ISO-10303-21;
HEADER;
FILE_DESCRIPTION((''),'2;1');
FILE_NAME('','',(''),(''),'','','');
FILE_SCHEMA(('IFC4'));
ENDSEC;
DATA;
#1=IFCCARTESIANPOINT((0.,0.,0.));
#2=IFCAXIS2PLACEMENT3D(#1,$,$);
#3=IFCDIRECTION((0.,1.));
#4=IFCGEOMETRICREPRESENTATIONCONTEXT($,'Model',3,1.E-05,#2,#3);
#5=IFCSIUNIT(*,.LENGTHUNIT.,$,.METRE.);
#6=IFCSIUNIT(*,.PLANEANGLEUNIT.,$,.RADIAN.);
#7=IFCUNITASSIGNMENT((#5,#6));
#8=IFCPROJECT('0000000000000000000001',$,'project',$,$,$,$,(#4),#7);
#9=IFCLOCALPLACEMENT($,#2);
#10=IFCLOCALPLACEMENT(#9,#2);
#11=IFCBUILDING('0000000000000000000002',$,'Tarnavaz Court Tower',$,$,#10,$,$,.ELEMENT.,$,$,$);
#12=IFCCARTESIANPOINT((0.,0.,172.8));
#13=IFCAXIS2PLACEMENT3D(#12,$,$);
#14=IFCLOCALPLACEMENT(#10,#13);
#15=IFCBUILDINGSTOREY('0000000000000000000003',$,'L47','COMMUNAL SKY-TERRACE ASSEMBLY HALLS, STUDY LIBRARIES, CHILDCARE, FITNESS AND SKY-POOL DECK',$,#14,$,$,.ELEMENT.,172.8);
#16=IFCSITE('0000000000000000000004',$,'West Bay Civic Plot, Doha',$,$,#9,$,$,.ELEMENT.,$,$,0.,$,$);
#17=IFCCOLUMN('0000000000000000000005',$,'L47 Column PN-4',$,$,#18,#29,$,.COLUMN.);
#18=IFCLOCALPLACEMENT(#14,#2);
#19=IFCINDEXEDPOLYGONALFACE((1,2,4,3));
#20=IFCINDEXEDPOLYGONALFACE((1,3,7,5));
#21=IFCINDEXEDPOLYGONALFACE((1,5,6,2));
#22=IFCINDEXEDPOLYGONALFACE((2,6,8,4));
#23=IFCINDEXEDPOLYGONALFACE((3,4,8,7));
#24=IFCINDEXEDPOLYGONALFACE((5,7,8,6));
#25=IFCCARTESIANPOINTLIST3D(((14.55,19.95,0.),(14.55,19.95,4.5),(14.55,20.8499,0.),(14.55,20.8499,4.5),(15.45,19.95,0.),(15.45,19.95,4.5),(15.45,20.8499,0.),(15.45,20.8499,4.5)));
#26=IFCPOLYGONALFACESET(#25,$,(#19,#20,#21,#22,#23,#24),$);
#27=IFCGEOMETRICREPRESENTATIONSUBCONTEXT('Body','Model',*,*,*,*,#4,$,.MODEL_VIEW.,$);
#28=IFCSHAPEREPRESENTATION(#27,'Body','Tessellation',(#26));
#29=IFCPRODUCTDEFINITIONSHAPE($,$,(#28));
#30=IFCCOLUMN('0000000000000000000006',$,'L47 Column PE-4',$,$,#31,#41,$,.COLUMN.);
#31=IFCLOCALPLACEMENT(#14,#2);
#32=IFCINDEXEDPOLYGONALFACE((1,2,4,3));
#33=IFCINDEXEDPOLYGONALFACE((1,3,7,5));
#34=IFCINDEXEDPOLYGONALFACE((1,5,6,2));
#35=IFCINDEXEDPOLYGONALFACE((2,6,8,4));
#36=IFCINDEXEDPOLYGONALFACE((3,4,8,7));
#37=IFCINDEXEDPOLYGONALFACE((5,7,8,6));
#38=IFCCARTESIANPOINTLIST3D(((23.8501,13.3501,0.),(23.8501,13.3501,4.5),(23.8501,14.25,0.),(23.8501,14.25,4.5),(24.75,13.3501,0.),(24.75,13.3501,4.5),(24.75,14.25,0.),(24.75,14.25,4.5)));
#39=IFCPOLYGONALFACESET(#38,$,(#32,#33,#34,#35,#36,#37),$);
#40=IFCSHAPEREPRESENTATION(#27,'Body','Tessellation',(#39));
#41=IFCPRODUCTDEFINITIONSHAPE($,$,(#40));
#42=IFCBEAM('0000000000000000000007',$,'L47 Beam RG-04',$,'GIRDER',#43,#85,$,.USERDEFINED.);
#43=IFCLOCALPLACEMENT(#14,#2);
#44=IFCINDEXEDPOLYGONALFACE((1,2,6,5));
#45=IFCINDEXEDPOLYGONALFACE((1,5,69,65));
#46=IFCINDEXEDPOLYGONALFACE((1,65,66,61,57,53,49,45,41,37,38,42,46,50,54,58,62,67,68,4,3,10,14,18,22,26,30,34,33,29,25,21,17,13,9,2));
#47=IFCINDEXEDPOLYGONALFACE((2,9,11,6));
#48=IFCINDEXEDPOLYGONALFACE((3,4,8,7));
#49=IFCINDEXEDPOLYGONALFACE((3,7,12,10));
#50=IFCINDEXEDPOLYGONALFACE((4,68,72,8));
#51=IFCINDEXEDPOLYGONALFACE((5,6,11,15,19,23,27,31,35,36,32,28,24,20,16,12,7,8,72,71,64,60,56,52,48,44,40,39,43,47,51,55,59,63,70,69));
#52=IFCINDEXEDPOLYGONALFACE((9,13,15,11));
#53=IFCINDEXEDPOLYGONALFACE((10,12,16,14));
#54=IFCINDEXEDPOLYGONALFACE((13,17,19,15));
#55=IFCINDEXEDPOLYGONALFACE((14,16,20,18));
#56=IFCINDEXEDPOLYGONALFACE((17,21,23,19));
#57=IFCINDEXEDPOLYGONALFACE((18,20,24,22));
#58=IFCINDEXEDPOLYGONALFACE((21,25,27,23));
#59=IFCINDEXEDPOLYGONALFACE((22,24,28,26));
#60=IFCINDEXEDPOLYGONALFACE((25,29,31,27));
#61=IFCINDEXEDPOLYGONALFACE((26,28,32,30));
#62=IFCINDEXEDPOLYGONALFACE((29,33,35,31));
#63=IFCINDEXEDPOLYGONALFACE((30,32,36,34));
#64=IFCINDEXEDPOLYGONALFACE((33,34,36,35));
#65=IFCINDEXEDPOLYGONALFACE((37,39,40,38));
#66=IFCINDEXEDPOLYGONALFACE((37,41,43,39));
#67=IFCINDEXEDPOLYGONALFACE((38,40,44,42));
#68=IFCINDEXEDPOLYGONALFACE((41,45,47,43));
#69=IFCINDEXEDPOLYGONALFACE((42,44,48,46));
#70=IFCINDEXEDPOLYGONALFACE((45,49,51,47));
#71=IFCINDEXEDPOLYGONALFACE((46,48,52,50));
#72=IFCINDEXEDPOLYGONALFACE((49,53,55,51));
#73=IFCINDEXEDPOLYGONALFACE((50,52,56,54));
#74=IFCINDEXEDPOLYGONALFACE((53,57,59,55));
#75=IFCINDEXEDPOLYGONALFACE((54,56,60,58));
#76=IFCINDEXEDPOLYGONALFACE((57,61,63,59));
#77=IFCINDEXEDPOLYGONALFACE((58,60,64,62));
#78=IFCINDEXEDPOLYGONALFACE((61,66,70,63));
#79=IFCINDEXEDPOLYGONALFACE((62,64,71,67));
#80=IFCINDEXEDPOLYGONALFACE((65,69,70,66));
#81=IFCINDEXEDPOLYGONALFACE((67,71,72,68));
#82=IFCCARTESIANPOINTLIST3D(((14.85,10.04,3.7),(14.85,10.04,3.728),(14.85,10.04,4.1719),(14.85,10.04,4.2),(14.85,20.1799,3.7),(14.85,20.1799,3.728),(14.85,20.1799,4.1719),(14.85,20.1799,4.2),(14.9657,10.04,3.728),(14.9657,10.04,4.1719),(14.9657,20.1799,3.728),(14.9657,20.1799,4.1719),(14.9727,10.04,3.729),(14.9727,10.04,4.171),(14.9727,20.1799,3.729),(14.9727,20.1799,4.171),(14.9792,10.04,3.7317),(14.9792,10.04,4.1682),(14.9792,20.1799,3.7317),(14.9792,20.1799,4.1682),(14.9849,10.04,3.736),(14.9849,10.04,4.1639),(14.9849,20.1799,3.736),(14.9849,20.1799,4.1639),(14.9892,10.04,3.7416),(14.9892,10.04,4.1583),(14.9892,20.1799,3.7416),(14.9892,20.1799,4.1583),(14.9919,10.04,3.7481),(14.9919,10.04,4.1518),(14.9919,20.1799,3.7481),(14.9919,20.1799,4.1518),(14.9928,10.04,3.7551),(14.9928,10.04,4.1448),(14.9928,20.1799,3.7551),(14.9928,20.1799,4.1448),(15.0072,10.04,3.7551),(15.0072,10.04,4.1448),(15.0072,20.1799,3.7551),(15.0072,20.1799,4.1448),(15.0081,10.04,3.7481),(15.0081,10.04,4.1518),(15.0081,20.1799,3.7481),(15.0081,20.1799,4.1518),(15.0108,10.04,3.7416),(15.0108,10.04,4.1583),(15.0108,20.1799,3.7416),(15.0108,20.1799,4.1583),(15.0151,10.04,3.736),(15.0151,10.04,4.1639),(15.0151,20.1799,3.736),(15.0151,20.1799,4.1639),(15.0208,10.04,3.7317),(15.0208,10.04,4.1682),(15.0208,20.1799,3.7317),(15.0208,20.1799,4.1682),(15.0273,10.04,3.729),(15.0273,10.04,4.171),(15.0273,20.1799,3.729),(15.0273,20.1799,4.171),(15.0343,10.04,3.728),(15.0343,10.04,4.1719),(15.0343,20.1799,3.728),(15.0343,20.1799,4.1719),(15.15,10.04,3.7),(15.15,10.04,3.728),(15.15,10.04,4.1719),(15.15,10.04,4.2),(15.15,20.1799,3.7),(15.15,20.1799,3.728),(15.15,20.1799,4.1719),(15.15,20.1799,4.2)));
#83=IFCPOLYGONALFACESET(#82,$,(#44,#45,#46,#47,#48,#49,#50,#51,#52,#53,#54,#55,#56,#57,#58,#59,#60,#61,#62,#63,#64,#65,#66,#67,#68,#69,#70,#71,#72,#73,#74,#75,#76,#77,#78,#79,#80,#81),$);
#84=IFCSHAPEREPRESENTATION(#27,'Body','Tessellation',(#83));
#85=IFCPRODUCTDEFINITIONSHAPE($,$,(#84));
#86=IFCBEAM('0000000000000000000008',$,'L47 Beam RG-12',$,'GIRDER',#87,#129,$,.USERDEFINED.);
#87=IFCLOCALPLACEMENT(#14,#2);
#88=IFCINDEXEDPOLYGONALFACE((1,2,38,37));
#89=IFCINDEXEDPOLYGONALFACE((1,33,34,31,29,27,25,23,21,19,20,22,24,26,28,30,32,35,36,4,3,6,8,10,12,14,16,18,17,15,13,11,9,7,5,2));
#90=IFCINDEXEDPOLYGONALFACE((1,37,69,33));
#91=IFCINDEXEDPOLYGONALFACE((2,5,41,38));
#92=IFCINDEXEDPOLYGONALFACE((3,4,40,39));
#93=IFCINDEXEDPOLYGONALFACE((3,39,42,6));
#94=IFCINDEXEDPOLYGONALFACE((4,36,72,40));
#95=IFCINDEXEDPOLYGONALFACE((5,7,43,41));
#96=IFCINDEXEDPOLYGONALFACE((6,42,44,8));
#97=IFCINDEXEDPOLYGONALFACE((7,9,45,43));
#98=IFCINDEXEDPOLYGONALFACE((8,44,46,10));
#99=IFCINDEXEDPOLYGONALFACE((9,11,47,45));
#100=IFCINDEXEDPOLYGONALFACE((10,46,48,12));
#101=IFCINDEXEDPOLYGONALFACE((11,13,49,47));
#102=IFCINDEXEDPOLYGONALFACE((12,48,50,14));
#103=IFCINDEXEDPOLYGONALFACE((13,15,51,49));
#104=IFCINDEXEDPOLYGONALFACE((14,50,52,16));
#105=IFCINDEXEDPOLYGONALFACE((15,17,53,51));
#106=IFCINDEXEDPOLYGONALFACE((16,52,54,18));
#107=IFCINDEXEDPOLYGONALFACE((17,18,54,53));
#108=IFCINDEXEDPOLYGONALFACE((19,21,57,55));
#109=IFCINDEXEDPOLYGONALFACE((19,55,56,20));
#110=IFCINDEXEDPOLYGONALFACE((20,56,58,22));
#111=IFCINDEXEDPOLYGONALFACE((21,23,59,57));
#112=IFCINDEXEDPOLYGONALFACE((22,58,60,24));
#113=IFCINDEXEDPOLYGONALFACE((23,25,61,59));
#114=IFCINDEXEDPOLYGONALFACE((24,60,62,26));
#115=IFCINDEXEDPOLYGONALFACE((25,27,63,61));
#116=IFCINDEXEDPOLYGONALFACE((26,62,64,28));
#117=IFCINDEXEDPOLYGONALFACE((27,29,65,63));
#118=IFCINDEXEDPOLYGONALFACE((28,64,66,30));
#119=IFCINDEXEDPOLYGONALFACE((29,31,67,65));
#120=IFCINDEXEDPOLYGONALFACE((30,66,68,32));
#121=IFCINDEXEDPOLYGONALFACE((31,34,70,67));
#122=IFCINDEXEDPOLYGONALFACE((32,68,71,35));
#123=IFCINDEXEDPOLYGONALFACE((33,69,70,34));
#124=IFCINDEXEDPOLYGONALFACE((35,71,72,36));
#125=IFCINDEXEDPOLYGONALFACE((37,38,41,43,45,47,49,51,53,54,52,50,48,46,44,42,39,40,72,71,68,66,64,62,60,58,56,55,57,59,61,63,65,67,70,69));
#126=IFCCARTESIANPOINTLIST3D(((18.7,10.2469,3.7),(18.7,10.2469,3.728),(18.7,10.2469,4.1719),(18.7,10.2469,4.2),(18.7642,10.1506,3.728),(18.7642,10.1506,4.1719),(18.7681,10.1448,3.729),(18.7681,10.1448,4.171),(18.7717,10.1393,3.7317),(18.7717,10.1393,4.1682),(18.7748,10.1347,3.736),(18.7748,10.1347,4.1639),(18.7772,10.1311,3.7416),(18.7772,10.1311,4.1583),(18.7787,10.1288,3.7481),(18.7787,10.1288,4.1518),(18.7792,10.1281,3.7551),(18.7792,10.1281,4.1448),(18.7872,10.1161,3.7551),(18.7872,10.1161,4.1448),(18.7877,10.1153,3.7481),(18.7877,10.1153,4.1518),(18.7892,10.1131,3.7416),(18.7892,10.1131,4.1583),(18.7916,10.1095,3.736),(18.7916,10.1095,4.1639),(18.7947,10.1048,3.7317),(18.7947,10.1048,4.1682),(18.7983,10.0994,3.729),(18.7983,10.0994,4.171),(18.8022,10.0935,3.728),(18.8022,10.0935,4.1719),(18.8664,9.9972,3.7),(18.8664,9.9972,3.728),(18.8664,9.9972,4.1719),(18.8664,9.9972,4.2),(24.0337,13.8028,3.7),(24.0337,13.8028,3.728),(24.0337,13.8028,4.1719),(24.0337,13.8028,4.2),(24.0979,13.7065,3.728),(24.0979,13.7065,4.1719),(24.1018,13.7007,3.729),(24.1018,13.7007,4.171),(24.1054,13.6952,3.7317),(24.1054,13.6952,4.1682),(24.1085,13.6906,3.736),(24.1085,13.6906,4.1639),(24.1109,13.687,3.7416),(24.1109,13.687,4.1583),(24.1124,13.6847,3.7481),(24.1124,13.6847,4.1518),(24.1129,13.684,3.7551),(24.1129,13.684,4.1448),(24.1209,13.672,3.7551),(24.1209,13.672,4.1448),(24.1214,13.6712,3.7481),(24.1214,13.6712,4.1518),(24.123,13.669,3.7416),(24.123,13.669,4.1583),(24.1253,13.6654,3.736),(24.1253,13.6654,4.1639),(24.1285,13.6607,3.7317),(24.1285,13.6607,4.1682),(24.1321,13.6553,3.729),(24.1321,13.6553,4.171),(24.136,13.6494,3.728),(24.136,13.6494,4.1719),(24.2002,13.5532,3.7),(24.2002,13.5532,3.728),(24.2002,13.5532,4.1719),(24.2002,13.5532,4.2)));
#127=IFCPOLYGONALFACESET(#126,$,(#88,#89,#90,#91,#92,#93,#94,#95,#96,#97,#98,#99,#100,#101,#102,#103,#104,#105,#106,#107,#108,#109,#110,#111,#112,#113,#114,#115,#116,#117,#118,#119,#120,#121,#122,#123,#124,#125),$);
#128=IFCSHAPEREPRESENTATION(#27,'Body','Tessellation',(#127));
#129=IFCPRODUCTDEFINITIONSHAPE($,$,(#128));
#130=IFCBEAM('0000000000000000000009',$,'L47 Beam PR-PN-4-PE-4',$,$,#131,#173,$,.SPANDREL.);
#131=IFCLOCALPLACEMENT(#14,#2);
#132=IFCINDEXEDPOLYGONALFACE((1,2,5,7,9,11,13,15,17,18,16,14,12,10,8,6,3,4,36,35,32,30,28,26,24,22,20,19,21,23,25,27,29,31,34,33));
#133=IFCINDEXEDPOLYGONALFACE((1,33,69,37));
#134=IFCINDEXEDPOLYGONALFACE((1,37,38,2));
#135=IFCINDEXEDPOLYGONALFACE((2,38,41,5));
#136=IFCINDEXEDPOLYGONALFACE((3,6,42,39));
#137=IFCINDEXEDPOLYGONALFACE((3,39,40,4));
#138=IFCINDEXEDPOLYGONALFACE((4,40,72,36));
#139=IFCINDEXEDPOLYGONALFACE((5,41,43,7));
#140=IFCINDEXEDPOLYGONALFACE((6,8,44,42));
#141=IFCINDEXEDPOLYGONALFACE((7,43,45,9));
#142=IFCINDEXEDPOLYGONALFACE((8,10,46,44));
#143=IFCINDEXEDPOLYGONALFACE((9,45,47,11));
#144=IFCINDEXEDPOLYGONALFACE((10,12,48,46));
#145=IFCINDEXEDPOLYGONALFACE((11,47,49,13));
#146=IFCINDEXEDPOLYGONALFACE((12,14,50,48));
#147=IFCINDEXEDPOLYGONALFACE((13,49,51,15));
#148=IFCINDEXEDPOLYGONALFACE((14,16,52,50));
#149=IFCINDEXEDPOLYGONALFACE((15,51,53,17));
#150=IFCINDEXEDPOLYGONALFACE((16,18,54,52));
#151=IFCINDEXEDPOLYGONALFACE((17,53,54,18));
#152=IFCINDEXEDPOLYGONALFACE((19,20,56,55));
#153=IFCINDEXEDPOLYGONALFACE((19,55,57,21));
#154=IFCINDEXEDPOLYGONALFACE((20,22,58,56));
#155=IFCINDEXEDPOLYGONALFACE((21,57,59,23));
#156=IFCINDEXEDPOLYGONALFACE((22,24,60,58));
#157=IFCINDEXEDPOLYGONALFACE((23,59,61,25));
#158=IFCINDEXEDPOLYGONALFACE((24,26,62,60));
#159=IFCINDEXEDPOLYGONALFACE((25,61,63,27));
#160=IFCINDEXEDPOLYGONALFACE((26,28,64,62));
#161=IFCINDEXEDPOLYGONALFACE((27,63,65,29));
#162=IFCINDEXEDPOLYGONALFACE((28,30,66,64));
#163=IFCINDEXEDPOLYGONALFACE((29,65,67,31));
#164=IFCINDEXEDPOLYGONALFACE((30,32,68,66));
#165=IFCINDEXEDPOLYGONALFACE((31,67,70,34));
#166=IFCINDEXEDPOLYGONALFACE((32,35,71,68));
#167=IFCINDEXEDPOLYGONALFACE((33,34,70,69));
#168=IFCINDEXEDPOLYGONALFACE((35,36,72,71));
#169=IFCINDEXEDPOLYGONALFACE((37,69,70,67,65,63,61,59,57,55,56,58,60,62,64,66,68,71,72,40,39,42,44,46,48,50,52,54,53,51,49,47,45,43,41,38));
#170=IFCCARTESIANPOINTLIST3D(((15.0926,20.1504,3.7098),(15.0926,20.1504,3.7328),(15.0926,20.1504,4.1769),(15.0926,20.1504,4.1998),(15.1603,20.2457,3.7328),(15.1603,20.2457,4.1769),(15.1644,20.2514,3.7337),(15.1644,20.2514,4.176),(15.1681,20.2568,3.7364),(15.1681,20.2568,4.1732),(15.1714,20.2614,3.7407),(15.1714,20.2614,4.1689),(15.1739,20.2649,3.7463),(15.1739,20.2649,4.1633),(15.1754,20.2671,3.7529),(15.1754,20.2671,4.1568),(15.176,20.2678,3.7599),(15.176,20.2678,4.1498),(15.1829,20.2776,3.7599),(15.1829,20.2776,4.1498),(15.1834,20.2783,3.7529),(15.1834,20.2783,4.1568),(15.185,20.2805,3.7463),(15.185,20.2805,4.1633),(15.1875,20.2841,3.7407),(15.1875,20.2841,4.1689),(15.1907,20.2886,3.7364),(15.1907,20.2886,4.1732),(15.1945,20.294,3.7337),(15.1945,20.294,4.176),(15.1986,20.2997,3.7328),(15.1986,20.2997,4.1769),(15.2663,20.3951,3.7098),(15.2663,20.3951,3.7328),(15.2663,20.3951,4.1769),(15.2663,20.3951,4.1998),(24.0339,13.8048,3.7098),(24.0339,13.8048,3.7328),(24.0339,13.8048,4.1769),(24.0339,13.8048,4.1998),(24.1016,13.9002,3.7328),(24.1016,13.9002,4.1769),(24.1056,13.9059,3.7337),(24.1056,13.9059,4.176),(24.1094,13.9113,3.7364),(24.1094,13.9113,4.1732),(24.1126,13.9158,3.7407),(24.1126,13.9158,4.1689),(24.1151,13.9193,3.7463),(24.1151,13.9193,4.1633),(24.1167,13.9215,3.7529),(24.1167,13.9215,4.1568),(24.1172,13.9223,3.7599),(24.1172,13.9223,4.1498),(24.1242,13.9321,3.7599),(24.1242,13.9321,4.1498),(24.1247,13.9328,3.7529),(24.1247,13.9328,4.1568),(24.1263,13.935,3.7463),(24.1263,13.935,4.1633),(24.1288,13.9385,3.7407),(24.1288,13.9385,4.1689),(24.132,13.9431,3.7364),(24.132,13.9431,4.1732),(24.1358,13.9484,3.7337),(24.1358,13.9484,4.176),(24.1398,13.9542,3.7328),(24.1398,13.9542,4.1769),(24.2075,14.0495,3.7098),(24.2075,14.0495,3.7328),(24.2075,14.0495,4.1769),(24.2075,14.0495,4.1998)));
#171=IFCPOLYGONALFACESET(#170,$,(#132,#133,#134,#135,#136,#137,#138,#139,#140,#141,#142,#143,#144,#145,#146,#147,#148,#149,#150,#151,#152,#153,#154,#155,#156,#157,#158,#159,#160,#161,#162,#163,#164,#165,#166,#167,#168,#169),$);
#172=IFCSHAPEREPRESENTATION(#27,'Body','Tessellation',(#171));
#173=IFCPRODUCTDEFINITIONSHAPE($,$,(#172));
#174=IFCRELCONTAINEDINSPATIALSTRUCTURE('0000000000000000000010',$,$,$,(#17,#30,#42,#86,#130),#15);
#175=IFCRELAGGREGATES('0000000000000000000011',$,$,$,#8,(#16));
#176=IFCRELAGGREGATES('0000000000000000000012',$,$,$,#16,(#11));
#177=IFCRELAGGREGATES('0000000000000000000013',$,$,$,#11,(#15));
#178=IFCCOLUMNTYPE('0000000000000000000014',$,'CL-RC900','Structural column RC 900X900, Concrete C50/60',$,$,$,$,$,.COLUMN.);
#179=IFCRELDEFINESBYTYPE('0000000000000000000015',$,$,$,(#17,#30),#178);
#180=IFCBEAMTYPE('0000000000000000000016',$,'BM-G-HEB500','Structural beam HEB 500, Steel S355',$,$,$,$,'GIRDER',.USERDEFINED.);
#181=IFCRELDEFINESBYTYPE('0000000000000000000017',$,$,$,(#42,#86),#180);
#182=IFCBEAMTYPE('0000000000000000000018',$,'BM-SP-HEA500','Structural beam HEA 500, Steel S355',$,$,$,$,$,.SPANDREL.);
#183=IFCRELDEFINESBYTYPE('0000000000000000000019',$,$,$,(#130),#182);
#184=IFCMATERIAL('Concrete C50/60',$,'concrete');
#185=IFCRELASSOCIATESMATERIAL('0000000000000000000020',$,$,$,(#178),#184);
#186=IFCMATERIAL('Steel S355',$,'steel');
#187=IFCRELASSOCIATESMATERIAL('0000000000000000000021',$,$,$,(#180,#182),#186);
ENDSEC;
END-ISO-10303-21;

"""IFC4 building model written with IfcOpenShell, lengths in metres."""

from ifc_helpers import new_model, si_unit, direction, frame, origin, origin_2d, place, context, subcontext, project, spatial, rectangle, i_section, extrude, material, material_profile, profile_set, type_object, element, save


model = new_model("IFC4")

# Units and contexts
model_context = context("Model", 3, precision=1e-05, world=origin(), true_north=direction((0.0, 1.0)))
body_context = subcontext(model_context, "Body", "Model", "MODEL_VIEW")
ifc_project = project(units=[si_unit("LENGTHUNIT", "METRE"), si_unit("PLANEANGLEUNIT", "RADIAN")], contexts=[model_context])

# Site, building, storey
site_placement = place(None, origin())
site = spatial("IfcSite", under=ifc_project, at=site_placement, Name="West Bay Civic Plot, Doha", CompositionType="ELEMENT", RefElevation=0.0)
building_placement = place(site_placement, origin())
building = spatial("IfcBuilding", under=site, at=building_placement, Name="Tarnavaz Court Tower", CompositionType="ELEMENT")
storey_placement = place(building_placement, frame((0.0, 0.0, 172.8)))
storey = spatial("IfcBuildingStorey", under=building, at=storey_placement, Name="L47", Description="COMMUNAL SKY-TERRACE ASSEMBLY HALLS, STUDY LIBRARIES, CHILDCARE, FITNESS AND SKY-POOL DECK", CompositionType="ELEMENT", Elevation=172.8)

# Columns
ifc_material_1 = material(Name="Concrete C50/60", Category="concrete")
ifc_material_profile_1 = material_profile(ifc_material_1, rectangle(XDim=0.8999, YDim=0.8999, at=origin_2d()), Name="RC 900X900")
ifc_profile_set_1 = profile_set([ifc_material_profile_1], Name="Concrete C50/60")
column_type = type_object("IfcColumnType", Name="CL-RC900", Description="Structural column RC 900X900, Concrete C50/60", PredefinedType="COLUMN", material=ifc_profile_set_1)
for number, where, z_axis, x_axis, name in (
    (1, (15.0, 20.3999, 0.0), (0.0, 0.0, 1.0), (1.0, 0.0, 0.0), "L47 Column PN-4"),
    (2, (24.3, 13.8, 0.0), (0.0, 0.0, 1.0), (1.0, 0.0, 0.0), "L47 Column PE-4"),
):
    element("IfcColumn", number, at=place(storey_placement, frame(where, z_axis=z_axis, x_axis=x_axis)), inside=storey, type_object=column_type, Name=name, PredefinedType="COLUMN", context=body_context, shape_type="SweptSolid", body=[
        extrude(rectangle(XDim=0.8999, YDim=0.8999, at=origin_2d()), origin(), (0.0, 0.0, 1.0), 4.5),
    ])

# Beams
ifc_material_2 = material(Name="Steel S355", Category="steel")
ifc_material_profile_2 = material_profile(ifc_material_2, i_section(OverallWidth=0.3, OverallDepth=0.5, WebThickness=0.0144, FlangeThickness=0.0281, FilletRadius=0.0271, at=origin_2d()), Name="HEB 500")
ifc_profile_set_2 = profile_set([ifc_material_profile_2], Name="Steel S355")
beam_type_1 = type_object("IfcBeamType", Name="BM-G-HEB500", Description="Structural beam HEB 500, Steel S355", ElementType="GIRDER", PredefinedType="USERDEFINED", material=ifc_profile_set_2)
beam_1_placement = place(storey_placement, frame((15.0, 10.04, 3.95), z_axis=(0.0, 1.0, 0.0), x_axis=(-1.0, 0.0, 0.0)))
element("IfcBeam", 3, at=beam_1_placement, inside=storey, type_object=beam_type_1, Name="L47 Beam RG-04", ObjectType="GIRDER", PredefinedType="USERDEFINED", context=body_context, shape_type="SweptSolid", body=[
    extrude(i_section(OverallWidth=0.3, OverallDepth=0.5, WebThickness=0.0144, FlangeThickness=0.0281, FilletRadius=0.0271, at=origin_2d()), origin(), (0.0, 0.0, 1.0), 10.1399),
])
beam_2_placement = place(storey_placement, frame((18.7832, 10.1221, 3.95), z_axis=(0.832044, 0.554709, 0.0), x_axis=(-0.554709, 0.832044, 0.0)))
element("IfcBeam", 4, at=beam_2_placement, inside=storey, type_object=beam_type_1, Name="L47 Beam RG-12", ObjectType="GIRDER", PredefinedType="USERDEFINED", context=body_context, shape_type="SweptSolid", body=[
    extrude(i_section(OverallWidth=0.3, OverallDepth=0.5, WebThickness=0.0144, FlangeThickness=0.0281, FilletRadius=0.0271, at=origin_2d()), origin(), (0.0, 0.0, 1.0), 6.4104),
])
ifc_material_profile_3 = material_profile(ifc_material_2, i_section(OverallWidth=0.3, OverallDepth=0.49, WebThickness=0.012, FlangeThickness=0.0229, FilletRadius=0.0271, at=origin_2d()), Name="HEA 500")
ifc_profile_set_3 = profile_set([ifc_material_profile_3], Name="Steel S355")
beam_type_2 = type_object("IfcBeamType", Name="BM-SP-HEA500", Description="Structural beam HEA 500, Steel S355", PredefinedType="SPANDREL", material=ifc_profile_set_3)
beam_3_placement = place(storey_placement, frame((15.1794, 20.2727, 3.9548), z_axis=(0.815502, -0.578754, 0.0), x_axis=(0.578754, 0.815502, 0.0)))
element("IfcBeam", 5, at=beam_3_placement, inside=storey, type_object=beam_type_2, Name="L47 Beam PR-PN-4-PE-4", PredefinedType="SPANDREL", context=body_context, shape_type="SweptSolid", body=[
    extrude(i_section(OverallWidth=0.3, OverallDepth=0.49, WebThickness=0.012, FlangeThickness=0.0229, FilletRadius=0.0271, at=origin_2d()), origin(), (0.0, 0.0, 1.0), 10.9641),
])

save(model, "model.ifc")
